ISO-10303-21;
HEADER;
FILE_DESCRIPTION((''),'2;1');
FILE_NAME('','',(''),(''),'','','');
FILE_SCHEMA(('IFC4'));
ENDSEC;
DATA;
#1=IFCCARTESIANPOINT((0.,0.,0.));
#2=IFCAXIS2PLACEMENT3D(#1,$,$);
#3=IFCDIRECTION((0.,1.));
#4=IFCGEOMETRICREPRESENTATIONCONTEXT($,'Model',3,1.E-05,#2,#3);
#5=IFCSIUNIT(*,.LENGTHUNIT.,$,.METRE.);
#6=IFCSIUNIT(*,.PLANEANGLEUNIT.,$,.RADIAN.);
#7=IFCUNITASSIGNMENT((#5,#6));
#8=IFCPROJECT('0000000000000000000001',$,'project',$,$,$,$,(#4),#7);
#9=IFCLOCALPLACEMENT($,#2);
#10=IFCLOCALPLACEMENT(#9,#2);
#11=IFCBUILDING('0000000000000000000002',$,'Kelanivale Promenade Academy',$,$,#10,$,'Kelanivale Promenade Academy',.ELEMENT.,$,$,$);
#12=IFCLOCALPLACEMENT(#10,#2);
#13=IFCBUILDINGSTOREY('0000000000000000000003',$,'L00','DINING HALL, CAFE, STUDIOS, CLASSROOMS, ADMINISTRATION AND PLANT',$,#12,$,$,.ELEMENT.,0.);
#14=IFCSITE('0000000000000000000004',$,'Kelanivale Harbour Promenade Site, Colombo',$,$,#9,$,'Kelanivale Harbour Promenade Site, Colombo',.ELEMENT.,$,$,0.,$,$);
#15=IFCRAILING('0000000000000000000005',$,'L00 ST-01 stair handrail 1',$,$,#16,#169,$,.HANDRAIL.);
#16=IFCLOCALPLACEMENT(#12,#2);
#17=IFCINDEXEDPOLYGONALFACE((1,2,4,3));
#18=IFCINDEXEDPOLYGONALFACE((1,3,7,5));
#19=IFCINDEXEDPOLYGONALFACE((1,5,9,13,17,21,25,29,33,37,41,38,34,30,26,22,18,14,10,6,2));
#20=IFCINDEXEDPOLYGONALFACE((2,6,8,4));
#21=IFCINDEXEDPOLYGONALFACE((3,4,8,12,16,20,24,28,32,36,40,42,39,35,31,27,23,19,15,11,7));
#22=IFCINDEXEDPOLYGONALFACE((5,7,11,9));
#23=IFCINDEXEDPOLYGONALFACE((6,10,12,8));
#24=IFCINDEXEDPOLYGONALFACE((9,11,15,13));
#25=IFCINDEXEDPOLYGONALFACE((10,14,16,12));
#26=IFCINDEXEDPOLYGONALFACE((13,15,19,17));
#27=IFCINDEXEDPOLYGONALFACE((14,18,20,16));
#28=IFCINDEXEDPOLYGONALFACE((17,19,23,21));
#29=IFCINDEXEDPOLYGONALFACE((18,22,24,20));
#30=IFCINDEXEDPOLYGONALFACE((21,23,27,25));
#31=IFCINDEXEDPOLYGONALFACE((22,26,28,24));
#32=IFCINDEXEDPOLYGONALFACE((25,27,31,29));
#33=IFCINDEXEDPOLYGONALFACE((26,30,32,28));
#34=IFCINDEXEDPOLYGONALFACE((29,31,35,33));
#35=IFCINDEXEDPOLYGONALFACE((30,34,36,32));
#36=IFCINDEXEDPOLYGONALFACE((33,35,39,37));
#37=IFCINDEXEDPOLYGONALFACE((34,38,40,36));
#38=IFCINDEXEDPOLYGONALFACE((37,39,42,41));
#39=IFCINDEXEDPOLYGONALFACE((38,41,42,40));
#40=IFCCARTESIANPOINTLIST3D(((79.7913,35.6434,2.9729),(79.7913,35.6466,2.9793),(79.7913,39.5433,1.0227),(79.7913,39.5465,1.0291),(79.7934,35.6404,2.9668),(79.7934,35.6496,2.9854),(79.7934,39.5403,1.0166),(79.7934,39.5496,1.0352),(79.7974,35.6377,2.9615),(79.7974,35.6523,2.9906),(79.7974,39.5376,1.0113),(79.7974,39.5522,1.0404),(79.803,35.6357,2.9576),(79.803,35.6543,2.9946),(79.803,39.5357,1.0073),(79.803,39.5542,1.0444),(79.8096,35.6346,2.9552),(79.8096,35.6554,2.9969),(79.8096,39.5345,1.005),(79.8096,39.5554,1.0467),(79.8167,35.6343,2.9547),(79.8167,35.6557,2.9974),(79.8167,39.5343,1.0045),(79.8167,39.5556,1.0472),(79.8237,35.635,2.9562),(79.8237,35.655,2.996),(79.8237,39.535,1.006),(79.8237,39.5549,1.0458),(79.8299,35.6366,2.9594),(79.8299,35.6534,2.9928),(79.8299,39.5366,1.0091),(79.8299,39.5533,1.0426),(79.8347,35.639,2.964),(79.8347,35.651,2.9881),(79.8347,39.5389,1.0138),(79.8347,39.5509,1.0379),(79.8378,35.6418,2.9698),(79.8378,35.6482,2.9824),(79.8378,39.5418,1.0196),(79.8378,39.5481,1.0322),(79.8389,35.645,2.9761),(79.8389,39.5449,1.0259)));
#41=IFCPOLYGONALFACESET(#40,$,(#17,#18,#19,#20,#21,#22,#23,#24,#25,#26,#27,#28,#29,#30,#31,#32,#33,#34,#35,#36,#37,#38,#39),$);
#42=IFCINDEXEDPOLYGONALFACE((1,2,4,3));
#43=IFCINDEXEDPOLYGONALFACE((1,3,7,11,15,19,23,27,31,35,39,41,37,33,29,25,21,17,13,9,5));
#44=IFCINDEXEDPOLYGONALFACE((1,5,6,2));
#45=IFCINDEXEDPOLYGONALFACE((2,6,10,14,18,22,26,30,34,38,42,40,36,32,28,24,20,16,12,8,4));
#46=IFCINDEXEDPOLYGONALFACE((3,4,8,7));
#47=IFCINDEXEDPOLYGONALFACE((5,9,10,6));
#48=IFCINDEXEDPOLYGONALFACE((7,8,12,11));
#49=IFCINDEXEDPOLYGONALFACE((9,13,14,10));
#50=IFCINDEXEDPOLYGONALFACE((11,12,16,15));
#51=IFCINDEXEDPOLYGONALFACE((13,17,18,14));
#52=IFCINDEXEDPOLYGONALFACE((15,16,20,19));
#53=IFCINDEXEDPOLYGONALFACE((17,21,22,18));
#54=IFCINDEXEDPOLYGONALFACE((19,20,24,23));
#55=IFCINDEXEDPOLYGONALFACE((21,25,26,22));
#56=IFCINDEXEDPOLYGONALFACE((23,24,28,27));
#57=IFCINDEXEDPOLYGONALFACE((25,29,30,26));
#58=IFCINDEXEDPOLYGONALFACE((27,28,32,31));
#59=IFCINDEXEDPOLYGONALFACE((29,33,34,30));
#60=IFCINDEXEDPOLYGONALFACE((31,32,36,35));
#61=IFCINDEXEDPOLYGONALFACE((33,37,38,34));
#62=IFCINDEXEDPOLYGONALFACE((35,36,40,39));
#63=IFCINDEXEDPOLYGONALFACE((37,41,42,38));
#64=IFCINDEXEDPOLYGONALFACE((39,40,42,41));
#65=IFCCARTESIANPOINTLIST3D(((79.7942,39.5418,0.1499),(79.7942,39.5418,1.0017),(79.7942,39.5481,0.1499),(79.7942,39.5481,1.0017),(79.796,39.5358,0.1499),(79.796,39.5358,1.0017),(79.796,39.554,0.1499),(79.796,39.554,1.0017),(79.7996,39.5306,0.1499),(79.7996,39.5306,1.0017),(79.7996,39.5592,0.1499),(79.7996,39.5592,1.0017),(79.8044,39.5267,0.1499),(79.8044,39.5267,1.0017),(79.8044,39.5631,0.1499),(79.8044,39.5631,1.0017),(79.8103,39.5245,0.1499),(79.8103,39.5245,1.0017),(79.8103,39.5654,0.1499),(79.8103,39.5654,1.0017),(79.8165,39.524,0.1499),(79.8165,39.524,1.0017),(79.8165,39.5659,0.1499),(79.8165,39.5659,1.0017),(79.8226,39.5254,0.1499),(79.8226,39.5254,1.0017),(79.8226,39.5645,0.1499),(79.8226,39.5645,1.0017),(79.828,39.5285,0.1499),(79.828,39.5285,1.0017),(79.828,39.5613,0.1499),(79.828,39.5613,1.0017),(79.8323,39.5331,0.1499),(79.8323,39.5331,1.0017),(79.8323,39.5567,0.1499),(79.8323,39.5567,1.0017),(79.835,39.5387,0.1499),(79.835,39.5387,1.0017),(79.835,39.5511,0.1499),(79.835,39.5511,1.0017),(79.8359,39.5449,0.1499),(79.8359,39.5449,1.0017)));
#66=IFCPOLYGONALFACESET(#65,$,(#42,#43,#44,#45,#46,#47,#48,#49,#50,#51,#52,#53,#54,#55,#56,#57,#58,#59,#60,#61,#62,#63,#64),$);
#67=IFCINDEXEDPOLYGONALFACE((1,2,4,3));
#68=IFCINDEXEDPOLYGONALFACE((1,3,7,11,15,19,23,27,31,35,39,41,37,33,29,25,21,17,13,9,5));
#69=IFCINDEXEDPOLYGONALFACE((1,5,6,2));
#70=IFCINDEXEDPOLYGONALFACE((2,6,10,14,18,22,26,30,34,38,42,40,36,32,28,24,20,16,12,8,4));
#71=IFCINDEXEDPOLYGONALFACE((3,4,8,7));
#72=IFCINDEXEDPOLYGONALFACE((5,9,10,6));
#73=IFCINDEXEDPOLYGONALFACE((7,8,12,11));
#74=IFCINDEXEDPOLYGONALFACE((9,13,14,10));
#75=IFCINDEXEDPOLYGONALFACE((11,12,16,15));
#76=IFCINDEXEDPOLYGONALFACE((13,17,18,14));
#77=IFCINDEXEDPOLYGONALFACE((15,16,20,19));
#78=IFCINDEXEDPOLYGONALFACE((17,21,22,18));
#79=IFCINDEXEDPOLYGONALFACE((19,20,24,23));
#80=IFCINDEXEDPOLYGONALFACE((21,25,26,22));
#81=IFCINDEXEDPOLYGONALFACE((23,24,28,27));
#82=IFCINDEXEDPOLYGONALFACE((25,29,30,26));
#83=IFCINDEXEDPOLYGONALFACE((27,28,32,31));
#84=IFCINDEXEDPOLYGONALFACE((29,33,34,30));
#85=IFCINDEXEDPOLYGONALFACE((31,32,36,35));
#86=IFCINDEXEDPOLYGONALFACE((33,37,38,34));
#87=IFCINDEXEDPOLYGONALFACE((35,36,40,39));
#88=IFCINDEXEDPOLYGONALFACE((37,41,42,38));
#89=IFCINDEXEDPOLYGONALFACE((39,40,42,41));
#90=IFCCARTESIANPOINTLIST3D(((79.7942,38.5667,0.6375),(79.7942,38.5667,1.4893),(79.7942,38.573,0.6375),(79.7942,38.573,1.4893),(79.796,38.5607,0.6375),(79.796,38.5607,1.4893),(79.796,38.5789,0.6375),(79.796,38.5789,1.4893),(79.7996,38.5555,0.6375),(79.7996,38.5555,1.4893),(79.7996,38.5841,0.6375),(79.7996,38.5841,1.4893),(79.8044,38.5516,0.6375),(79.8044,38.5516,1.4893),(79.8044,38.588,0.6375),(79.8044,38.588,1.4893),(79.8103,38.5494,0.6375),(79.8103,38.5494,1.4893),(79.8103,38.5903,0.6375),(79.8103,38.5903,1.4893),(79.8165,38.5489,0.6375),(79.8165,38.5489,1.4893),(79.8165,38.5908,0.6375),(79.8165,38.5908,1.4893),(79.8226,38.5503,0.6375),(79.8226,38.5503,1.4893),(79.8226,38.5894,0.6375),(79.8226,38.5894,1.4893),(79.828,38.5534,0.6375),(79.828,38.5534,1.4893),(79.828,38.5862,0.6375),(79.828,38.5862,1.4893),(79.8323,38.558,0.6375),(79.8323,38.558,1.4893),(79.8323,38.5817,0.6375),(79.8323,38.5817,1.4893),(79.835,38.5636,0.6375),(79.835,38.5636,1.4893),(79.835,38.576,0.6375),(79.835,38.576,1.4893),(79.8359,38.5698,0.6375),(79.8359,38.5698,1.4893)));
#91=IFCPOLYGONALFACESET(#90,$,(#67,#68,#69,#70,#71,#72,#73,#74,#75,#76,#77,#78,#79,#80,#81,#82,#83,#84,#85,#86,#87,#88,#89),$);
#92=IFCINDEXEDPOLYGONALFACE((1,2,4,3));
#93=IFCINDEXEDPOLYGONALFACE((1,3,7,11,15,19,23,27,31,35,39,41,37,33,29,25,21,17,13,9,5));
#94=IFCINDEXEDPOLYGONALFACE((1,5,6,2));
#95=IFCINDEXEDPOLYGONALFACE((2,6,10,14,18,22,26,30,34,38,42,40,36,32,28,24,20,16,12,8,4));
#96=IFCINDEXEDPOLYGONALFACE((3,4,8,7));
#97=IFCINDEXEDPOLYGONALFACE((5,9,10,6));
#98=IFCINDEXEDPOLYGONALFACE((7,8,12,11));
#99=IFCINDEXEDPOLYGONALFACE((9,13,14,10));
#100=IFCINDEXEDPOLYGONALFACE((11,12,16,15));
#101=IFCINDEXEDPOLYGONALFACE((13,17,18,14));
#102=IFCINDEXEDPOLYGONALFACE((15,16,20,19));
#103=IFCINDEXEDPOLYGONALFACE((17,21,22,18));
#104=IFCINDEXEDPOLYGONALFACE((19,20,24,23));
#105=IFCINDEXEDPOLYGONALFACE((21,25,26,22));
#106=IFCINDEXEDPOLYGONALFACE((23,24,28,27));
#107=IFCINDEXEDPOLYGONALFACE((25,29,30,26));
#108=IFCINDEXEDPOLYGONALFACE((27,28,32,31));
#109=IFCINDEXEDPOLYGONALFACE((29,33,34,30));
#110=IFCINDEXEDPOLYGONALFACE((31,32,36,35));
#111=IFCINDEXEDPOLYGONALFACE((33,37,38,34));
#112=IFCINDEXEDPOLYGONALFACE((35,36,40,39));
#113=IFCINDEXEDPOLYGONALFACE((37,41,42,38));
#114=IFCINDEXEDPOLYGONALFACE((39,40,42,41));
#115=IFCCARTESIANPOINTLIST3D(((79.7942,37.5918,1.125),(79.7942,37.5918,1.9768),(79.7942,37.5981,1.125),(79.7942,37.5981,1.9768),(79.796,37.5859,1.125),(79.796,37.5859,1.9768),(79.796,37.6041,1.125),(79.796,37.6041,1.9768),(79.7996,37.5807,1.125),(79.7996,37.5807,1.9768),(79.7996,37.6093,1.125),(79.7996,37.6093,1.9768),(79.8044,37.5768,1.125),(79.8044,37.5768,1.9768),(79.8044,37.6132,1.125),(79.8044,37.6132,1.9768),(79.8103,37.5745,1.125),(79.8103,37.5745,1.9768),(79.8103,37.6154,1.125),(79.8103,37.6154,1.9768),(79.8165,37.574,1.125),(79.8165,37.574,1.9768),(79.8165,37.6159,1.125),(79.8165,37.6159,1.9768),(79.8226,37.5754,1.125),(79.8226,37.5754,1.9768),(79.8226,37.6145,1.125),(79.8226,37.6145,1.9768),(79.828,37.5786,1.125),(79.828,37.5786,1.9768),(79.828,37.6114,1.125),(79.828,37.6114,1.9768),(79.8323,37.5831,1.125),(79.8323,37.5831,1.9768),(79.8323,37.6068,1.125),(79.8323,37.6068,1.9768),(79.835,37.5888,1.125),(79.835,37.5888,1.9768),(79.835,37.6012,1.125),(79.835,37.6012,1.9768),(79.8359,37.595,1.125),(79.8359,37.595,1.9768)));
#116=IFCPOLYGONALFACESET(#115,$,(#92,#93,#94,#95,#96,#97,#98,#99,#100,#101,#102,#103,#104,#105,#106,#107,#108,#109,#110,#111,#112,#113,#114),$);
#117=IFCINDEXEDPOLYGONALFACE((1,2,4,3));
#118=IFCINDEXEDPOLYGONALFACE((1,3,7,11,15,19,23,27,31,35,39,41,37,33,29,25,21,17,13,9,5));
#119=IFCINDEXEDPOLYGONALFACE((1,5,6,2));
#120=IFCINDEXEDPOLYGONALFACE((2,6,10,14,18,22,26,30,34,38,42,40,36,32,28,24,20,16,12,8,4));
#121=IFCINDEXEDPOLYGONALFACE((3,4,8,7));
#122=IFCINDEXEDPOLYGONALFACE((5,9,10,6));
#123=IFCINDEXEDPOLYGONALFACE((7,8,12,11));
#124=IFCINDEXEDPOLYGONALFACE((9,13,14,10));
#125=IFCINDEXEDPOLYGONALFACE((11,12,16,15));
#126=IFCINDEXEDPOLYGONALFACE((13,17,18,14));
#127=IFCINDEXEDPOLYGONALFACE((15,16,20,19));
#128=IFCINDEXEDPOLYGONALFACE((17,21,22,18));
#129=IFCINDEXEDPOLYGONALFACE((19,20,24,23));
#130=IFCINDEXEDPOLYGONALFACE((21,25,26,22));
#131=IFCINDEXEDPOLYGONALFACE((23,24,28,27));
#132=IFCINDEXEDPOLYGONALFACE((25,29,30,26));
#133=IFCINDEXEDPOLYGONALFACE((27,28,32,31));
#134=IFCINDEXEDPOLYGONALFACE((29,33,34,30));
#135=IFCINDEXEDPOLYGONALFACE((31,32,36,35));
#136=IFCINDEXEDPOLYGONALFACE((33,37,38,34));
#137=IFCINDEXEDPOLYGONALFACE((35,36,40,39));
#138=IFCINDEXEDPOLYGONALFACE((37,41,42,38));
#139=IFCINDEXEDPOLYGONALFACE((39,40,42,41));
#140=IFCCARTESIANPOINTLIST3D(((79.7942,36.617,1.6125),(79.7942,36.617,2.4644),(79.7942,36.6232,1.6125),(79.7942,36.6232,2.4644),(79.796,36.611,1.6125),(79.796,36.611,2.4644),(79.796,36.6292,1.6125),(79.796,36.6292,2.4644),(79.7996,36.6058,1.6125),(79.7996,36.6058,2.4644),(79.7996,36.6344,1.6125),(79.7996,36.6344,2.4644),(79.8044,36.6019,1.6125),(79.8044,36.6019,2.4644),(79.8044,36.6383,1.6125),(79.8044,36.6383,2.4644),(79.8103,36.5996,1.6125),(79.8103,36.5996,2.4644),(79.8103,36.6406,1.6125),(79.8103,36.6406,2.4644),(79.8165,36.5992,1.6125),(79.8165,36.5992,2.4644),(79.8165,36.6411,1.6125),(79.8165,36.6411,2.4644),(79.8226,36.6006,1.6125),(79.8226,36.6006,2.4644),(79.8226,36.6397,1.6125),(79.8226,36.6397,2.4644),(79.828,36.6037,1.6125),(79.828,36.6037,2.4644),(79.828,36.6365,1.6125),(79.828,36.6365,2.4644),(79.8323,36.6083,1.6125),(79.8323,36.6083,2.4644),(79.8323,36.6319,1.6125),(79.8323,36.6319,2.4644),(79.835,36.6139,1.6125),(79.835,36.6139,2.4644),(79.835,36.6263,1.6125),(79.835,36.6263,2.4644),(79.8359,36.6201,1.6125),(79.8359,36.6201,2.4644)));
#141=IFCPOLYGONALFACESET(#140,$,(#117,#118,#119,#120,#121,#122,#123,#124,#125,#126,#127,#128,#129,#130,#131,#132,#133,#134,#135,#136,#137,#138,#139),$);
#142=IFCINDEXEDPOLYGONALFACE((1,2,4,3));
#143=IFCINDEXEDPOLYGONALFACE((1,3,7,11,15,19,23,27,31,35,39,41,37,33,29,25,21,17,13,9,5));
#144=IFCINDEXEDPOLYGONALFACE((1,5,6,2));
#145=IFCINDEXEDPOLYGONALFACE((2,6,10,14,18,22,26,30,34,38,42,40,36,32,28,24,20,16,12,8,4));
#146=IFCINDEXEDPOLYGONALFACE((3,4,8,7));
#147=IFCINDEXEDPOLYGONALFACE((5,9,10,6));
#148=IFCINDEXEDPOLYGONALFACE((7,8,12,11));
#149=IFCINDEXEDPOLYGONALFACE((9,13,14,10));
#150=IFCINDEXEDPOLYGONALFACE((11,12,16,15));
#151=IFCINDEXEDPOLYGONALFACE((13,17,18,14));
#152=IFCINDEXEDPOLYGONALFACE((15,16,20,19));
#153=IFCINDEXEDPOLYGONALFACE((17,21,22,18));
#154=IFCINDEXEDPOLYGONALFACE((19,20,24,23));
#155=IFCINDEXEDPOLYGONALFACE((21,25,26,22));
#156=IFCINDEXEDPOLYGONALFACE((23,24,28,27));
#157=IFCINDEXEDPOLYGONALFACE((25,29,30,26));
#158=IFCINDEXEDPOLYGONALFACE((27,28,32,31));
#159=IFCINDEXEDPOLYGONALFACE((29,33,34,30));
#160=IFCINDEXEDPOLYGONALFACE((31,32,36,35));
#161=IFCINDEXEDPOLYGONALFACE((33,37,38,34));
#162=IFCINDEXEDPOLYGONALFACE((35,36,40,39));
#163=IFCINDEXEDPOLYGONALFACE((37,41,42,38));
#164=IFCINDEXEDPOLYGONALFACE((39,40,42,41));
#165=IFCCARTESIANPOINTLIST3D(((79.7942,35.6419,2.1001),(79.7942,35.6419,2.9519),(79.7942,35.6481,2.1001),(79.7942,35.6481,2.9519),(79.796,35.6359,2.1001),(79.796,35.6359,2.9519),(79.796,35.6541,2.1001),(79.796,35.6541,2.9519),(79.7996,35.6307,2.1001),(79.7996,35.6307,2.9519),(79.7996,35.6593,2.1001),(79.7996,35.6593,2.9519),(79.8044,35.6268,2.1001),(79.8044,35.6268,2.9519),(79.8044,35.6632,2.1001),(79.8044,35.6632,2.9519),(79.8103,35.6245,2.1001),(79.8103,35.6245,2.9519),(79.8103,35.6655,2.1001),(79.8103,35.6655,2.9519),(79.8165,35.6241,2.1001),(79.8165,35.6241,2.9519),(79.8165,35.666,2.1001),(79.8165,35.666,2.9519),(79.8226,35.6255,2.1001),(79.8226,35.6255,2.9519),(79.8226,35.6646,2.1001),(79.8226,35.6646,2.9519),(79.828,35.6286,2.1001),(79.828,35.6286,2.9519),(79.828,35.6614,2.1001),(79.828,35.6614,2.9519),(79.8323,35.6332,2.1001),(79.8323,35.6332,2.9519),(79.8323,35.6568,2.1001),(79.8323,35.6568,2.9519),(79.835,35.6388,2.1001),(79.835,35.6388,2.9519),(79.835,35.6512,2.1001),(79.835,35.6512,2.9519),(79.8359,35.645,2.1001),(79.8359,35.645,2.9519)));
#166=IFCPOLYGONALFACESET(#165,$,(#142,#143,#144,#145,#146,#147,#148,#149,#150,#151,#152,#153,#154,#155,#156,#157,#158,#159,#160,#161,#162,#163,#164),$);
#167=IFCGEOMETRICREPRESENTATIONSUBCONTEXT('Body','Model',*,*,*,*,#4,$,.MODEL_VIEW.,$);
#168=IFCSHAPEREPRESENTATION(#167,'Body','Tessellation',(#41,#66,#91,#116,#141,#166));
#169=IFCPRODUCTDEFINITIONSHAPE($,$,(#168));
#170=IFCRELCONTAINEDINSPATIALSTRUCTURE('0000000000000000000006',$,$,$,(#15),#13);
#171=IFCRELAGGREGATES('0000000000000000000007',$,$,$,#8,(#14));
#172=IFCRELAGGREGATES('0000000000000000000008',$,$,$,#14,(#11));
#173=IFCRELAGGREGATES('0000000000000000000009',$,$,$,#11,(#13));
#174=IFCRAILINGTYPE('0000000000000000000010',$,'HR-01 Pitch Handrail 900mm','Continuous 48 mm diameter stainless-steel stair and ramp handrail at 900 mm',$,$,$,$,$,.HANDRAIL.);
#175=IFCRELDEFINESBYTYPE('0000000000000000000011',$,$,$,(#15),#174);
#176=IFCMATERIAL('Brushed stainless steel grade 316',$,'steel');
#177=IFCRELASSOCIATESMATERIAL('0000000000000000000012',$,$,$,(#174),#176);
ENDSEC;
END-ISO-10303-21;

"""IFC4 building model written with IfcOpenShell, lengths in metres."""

from ifc_helpers import new_model, si_unit, direction, frame, origin, origin_2d, place, context, subcontext, project, spatial, circle, extrude, material, type_object, element, save


model = new_model("IFC4")

# Units and contexts
model_context = context("Model", 3, precision=1e-05, world=origin(), true_north=direction((0.0, 1.0)))
body_context = subcontext(model_context, "Body", "Model", "MODEL_VIEW")
ifc_project = project(units=[si_unit("LENGTHUNIT", "METRE"), si_unit("PLANEANGLEUNIT", "RADIAN")], contexts=[model_context])

# Site, building, storey
site_placement = place(None, origin())
site = spatial("IfcSite", under=ifc_project, at=site_placement, Name="Kelanivale Harbour Promenade Site, Colombo", LongName="Kelanivale Harbour Promenade Site, Colombo", CompositionType="ELEMENT", RefElevation=0.0)
building_placement = place(site_placement, origin())
building = spatial("IfcBuilding", under=site, at=building_placement, Name="Kelanivale Promenade Academy", LongName="Kelanivale Promenade Academy", CompositionType="ELEMENT")
storey_placement = place(building_placement, origin())
storey = spatial("IfcBuildingStorey", under=building, at=storey_placement, Name="L00", Description="DINING HALL, CAFE, STUDIOS, CLASSROOMS, ADMINISTRATION AND PLANT", CompositionType="ELEMENT", Elevation=0.0)

# Railing
ifc_material_1 = material(Name="Brushed stainless steel grade 316", Category="steel")
railing_type_1 = type_object("IfcRailingType", Name="HR-01 Pitch Handrail 900mm", Description="Continuous 48 mm diameter stainless-steel stair and ramp handrail at 900 mm", PredefinedType="HANDRAIL", material=ifc_material_1)
railing_1_placement = place(storey_placement, frame((79.8149, 39.5449, 0.1499)))
element("IfcRailing", 1, at=railing_1_placement, inside=storey, type_object=railing_type_1, Name="L00 ST-01 stair handrail 1", PredefinedType="HANDRAIL", context=body_context, shape_type="SweptSolid", body=[
    extrude(circle(Radius=0.0239, at=origin_2d()), frame((0.0, 0.0, 0.876), z_axis=(0.0, -0.894405, 0.447258), x_axis=(1.0, 0.0, 0.0)), (0.0, 0.0, 1.0), 4.3604),
    extrude(circle(Radius=0.021, at=origin_2d()), origin(), (0.0, 0.0, 1.0), 0.8518),
    extrude(circle(Radius=0.021, at=origin_2d()), frame((0.0, -0.9751, 0.4875)), (0.0, 0.0, 1.0), 0.8518),
    extrude(circle(Radius=0.021, at=origin_2d()), frame((0.0, -1.95, 0.9751)), (0.0, 0.0, 1.0), 0.8518),
    extrude(circle(Radius=0.021, at=origin_2d()), frame((0.0, -2.9248, 1.4626)), (0.0, 0.0, 1.0), 0.8518),
    extrude(circle(Radius=0.021, at=origin_2d()), frame((0.0, -3.8999, 1.9502)), (0.0, 0.0, 1.0), 0.8518),
])

save(model, "model.ifc")
